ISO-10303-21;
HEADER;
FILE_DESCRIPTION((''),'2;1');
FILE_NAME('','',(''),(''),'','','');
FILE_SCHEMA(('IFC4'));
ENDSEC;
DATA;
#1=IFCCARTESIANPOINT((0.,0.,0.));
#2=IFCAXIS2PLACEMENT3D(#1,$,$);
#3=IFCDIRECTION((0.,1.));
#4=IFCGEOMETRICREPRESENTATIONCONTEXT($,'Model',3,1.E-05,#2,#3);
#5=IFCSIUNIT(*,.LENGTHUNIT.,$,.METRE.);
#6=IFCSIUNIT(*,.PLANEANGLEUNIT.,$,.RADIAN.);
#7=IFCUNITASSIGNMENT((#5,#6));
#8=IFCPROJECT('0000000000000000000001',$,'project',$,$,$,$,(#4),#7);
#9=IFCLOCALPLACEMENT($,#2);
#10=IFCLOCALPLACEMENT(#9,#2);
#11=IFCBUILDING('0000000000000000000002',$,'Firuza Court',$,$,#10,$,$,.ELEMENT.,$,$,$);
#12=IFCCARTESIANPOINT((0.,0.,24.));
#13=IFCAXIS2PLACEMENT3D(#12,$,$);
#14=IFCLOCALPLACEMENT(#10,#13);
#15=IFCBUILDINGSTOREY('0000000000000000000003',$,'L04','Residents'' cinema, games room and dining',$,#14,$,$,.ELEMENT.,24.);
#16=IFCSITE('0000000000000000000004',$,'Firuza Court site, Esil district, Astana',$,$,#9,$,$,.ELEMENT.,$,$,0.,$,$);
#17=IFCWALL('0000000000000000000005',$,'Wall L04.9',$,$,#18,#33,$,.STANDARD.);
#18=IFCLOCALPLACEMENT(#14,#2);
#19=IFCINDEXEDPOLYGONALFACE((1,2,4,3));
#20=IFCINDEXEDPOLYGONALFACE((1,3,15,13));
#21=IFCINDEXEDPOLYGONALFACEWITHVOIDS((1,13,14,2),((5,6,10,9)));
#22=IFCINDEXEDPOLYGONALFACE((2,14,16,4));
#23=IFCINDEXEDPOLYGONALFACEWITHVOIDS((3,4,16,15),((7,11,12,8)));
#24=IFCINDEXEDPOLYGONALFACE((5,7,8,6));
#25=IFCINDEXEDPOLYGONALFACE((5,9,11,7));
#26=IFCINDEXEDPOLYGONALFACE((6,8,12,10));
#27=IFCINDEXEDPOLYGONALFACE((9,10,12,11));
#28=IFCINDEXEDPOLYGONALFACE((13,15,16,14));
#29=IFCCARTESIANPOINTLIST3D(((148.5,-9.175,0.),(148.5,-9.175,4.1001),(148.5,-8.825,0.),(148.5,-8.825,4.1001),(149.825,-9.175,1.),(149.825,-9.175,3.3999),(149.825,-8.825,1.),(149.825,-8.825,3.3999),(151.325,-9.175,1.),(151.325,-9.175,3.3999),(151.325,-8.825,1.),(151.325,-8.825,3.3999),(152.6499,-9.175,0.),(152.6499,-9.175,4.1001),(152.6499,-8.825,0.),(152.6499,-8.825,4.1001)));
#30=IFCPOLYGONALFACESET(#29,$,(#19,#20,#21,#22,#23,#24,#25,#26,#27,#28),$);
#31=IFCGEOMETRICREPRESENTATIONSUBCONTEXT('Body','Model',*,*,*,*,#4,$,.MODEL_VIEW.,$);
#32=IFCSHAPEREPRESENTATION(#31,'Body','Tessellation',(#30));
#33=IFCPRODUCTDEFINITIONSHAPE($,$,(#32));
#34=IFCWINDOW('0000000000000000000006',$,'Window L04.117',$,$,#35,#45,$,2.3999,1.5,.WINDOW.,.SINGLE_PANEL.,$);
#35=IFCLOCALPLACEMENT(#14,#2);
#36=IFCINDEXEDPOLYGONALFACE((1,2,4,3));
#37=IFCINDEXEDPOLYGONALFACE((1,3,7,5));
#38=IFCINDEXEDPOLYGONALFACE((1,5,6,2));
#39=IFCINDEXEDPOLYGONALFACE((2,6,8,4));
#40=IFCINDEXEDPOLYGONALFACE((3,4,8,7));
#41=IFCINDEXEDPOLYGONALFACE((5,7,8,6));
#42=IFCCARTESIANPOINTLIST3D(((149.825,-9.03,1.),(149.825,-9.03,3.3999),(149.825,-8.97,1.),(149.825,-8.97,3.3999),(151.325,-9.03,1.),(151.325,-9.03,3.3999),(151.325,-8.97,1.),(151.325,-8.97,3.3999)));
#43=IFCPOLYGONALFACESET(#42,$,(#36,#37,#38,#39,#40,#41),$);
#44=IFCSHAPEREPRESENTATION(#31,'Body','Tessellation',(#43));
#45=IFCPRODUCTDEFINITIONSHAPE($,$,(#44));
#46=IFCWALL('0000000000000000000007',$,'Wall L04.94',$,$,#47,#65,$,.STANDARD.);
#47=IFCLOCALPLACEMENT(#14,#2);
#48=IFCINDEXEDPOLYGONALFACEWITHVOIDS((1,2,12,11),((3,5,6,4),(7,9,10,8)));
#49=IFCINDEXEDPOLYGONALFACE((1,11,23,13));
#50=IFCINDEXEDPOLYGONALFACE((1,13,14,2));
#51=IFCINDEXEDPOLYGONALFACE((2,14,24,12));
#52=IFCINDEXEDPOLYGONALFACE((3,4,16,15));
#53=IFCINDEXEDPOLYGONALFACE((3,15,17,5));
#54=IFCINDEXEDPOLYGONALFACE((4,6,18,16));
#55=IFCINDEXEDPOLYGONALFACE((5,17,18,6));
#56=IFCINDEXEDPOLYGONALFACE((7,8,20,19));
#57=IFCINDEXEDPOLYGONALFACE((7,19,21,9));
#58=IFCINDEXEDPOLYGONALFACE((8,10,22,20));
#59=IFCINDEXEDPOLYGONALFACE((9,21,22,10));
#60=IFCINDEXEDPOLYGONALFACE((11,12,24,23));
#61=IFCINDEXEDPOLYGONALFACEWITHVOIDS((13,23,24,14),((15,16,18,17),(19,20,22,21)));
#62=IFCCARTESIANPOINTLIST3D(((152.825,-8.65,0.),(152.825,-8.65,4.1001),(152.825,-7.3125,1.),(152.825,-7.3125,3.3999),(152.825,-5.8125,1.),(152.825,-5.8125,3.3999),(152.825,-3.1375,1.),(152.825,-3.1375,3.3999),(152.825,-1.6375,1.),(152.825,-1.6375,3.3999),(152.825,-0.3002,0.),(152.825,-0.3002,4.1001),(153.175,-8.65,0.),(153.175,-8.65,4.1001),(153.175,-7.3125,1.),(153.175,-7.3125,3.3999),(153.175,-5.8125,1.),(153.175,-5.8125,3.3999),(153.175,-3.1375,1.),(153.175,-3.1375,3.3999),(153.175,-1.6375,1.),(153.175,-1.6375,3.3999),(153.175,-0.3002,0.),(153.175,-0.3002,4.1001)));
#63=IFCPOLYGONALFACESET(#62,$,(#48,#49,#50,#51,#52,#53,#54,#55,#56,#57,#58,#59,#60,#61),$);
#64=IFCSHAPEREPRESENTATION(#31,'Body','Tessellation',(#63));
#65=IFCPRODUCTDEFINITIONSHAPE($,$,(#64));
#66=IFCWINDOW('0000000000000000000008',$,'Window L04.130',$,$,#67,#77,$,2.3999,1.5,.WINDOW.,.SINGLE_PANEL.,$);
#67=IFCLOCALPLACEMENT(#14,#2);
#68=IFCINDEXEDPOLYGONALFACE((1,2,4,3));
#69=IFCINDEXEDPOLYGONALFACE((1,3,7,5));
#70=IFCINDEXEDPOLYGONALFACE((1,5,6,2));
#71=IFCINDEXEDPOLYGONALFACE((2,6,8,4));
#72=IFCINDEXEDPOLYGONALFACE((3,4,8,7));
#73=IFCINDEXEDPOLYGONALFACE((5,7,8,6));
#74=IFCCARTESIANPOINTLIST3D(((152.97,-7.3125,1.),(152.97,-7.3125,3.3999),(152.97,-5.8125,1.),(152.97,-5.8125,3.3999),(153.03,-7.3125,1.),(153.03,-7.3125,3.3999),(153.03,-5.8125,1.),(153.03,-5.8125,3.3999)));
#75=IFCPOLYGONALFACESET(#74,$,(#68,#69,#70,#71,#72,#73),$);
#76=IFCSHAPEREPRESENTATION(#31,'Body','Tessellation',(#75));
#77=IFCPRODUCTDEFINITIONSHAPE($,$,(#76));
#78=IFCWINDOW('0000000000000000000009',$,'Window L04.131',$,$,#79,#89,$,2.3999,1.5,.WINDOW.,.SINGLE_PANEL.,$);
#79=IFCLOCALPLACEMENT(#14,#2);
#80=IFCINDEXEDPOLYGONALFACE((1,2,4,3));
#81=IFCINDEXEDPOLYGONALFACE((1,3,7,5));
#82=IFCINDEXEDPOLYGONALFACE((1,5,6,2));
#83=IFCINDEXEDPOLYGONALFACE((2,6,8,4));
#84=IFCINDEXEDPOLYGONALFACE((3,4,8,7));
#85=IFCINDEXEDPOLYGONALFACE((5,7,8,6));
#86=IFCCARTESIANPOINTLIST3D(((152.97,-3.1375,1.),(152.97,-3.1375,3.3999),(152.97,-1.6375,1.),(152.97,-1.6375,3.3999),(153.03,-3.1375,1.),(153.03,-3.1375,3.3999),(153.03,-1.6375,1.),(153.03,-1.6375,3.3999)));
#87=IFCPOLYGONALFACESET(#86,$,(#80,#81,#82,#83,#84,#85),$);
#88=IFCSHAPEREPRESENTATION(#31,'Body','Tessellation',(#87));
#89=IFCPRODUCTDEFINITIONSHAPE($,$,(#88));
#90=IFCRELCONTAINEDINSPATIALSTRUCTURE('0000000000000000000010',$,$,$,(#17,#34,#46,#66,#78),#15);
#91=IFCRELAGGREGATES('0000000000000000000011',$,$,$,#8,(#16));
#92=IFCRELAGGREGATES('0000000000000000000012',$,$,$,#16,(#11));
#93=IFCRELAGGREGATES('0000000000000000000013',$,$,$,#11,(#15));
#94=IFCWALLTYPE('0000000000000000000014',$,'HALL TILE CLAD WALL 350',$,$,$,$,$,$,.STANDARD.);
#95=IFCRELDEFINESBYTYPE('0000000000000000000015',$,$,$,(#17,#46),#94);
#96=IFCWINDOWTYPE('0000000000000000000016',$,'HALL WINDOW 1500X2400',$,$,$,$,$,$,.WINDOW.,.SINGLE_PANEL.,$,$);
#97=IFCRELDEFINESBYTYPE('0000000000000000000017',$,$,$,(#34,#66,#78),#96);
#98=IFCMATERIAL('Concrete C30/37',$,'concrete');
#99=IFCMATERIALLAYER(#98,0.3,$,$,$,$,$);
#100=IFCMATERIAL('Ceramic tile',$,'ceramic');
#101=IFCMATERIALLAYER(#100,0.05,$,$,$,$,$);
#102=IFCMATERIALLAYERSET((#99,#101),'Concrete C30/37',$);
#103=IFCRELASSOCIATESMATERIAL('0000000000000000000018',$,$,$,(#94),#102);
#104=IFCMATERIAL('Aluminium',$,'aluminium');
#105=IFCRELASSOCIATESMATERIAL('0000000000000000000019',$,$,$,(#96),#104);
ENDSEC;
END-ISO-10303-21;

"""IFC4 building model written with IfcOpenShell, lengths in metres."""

from ifc_helpers import new_model, si_unit, direction, frame, frame_2d, origin, place, context, subcontext, project, spatial, rectangle, extrude, material, layer, layer_set, type_object, element, fill, save


model = new_model("IFC4")

# Units and contexts
model_context = context("Model", 3, precision=1e-05, world=origin(), true_north=direction((0.0, 1.0)))
body_context = subcontext(model_context, "Body", "Model", "MODEL_VIEW")
ifc_project = project(units=[si_unit("LENGTHUNIT", "METRE"), si_unit("PLANEANGLEUNIT", "RADIAN")], contexts=[model_context])

# Site, building, storey
site_placement = place(None, origin())
site = spatial("IfcSite", under=ifc_project, at=site_placement, Name="Firuza Court site, Esil district, Astana", CompositionType="ELEMENT", RefElevation=0.0)
building_placement = place(site_placement, origin())
building = spatial("IfcBuilding", under=site, at=building_placement, Name="Firuza Court", CompositionType="ELEMENT")
storey_placement = place(building_placement, frame((0.0, 0.0, 24.0)))
storey = spatial("IfcBuildingStorey", under=building, at=storey_placement, Name="L04", Description="Residents' cinema, games room and dining", CompositionType="ELEMENT", Elevation=24.0)

# Shared definitions
ifc_material_1 = material(Name="Concrete C30/37", Category="concrete")
ifc_layer_1 = layer(ifc_material_1, 0.3)
ifc_material_2 = material(Name="Ceramic tile", Category="ceramic")
ifc_layer_2 = layer(ifc_material_2, 0.05)
ifc_layer_set_1 = layer_set([ifc_layer_1, ifc_layer_2], Name="Concrete C30/37")
wall_type_1 = type_object("IfcWallType", Name="HALL TILE CLAD WALL 350", PredefinedType="STANDARD", material=ifc_layer_set_1)

# Wall, opening, window
wall_1_placement = place(storey_placement, frame((148.5, -9.0, 0.0), z_axis=(0.0, 0.0, 1.0), x_axis=(1.0, 0.0, 0.0)))
wall_1 = element("IfcWall", 1, at=wall_1_placement, inside=storey, type_object=wall_type_1, Name="Wall L04.9", PredefinedType="STANDARD", context=body_context, shape_type="SweptSolid", body=[
    extrude(rectangle(XDim=4.1499, YDim=0.3501, at=frame_2d((2.075, 0.0))), origin(), (0.0, 0.0, 1.0), 4.1001),
])
opening_1_placement = place(wall_1_placement, frame((1.325, 0.0, 1.0)))
opening_1 = element("IfcOpeningElement", 2, at=opening_1_placement, cuts=wall_1, PredefinedType="OPENING", context=body_context, shape_type="SweptSolid", body=[
    extrude(rectangle(XDim=1.5, YDim=2.3999, at=frame_2d((0.75, 1.2))), frame((0.0, 0.187, 0.0), z_axis=(0.0, -1.0, 0.0), x_axis=(1.0, 0.0, 0.0)), (0.0, 0.0, 1.0), 0.374),
])
ifc_material_3 = material(Name="Aluminium", Category="aluminium")
window_type = type_object("IfcWindowType", Name="HALL WINDOW 1500X2400", PartitioningType="SINGLE_PANEL", PredefinedType="WINDOW", material=ifc_material_3)
window_1_placement = place(opening_1_placement, origin())
window_1 = element("IfcWindow", 3, at=window_1_placement, inside=storey, type_object=window_type, Name="Window L04.117", OverallHeight=2.3999, OverallWidth=1.5, PartitioningType="SINGLE_PANEL", PredefinedType="WINDOW", context=body_context, shape_type="SweptSolid", body=[
    extrude(rectangle(XDim=1.5, YDim=2.3999, at=frame_2d((0.75, 1.2))), frame((0.0, 0.03, 0.0), z_axis=(0.0, -1.0, 0.0), x_axis=(1.0, 0.0, 0.0)), (0.0, 0.0, 1.0), 0.0601),
])
fill(opening_1, window_1)

# Wall, openings, windows
wall_2_placement = place(storey_placement, frame((153.0, -8.6499, 0.0), z_axis=(0.0, 0.0, 1.0), x_axis=(0.0, 1.0, 0.0)))
wall_2 = element("IfcWall", 4, at=wall_2_placement, inside=storey, type_object=wall_type_1, Name="Wall L04.94", PredefinedType="STANDARD", context=body_context, shape_type="SweptSolid", body=[
    extrude(rectangle(XDim=8.3499, YDim=0.3501, at=frame_2d((4.1748, 0.0))), origin(), (0.0, 0.0, 1.0), 4.1001),
])
opening_2_placement = place(wall_2_placement, frame((1.3374, 0.0, 1.0)))
opening_2 = element("IfcOpeningElement", 5, at=opening_2_placement, cuts=wall_2, PredefinedType="OPENING", context=body_context, shape_type="SweptSolid", body=[
    extrude(rectangle(XDim=1.5, YDim=2.3999, at=frame_2d((0.75, 1.2))), frame((0.0, 0.187, 0.0), z_axis=(0.0, -1.0, 0.0), x_axis=(1.0, 0.0, 0.0)), (0.0, 0.0, 1.0), 0.374),
])
opening_3_placement = place(wall_2_placement, frame((5.5125, 0.0, 1.0)))
opening_3 = element("IfcOpeningElement", 6, at=opening_3_placement, cuts=wall_2, PredefinedType="OPENING", context=body_context, shape_type="SweptSolid", body=[
    extrude(rectangle(XDim=1.5, YDim=2.3999, at=frame_2d((0.75, 1.2))), frame((0.0, 0.187, 0.0), z_axis=(0.0, -1.0, 0.0), x_axis=(1.0, 0.0, 0.0)), (0.0, 0.0, 1.0), 0.374),
])
window_2_placement = place(opening_2_placement, origin())
window_2 = element("IfcWindow", 7, at=window_2_placement, inside=storey, type_object=window_type, Name="Window L04.130", OverallHeight=2.3999, OverallWidth=1.5, PartitioningType="SINGLE_PANEL", PredefinedType="WINDOW", context=body_context, shape_type="SweptSolid", body=[
    extrude(rectangle(XDim=1.5, YDim=2.3999, at=frame_2d((0.75, 1.2))), frame((0.0, 0.03, 0.0), z_axis=(0.0, -1.0, 0.0), x_axis=(1.0, 0.0, 0.0)), (0.0, 0.0, 1.0), 0.0601),
])
fill(opening_2, window_2)
window_3_placement = place(opening_3_placement, origin())
window_3 = element("IfcWindow", 8, at=window_3_placement, inside=storey, type_object=window_type, Name="Window L04.131", OverallHeight=2.3999, OverallWidth=1.5, PartitioningType="SINGLE_PANEL", PredefinedType="WINDOW", context=body_context, shape_type="SweptSolid", body=[
    extrude(rectangle(XDim=1.5, YDim=2.3999, at=frame_2d((0.75, 1.2))), frame((0.0, 0.03, 0.0), z_axis=(0.0, -1.0, 0.0), x_axis=(1.0, 0.0, 0.0)), (0.0, 0.0, 1.0), 0.0601),
])
fill(opening_3, window_3)

save(model, "model.ifc")
